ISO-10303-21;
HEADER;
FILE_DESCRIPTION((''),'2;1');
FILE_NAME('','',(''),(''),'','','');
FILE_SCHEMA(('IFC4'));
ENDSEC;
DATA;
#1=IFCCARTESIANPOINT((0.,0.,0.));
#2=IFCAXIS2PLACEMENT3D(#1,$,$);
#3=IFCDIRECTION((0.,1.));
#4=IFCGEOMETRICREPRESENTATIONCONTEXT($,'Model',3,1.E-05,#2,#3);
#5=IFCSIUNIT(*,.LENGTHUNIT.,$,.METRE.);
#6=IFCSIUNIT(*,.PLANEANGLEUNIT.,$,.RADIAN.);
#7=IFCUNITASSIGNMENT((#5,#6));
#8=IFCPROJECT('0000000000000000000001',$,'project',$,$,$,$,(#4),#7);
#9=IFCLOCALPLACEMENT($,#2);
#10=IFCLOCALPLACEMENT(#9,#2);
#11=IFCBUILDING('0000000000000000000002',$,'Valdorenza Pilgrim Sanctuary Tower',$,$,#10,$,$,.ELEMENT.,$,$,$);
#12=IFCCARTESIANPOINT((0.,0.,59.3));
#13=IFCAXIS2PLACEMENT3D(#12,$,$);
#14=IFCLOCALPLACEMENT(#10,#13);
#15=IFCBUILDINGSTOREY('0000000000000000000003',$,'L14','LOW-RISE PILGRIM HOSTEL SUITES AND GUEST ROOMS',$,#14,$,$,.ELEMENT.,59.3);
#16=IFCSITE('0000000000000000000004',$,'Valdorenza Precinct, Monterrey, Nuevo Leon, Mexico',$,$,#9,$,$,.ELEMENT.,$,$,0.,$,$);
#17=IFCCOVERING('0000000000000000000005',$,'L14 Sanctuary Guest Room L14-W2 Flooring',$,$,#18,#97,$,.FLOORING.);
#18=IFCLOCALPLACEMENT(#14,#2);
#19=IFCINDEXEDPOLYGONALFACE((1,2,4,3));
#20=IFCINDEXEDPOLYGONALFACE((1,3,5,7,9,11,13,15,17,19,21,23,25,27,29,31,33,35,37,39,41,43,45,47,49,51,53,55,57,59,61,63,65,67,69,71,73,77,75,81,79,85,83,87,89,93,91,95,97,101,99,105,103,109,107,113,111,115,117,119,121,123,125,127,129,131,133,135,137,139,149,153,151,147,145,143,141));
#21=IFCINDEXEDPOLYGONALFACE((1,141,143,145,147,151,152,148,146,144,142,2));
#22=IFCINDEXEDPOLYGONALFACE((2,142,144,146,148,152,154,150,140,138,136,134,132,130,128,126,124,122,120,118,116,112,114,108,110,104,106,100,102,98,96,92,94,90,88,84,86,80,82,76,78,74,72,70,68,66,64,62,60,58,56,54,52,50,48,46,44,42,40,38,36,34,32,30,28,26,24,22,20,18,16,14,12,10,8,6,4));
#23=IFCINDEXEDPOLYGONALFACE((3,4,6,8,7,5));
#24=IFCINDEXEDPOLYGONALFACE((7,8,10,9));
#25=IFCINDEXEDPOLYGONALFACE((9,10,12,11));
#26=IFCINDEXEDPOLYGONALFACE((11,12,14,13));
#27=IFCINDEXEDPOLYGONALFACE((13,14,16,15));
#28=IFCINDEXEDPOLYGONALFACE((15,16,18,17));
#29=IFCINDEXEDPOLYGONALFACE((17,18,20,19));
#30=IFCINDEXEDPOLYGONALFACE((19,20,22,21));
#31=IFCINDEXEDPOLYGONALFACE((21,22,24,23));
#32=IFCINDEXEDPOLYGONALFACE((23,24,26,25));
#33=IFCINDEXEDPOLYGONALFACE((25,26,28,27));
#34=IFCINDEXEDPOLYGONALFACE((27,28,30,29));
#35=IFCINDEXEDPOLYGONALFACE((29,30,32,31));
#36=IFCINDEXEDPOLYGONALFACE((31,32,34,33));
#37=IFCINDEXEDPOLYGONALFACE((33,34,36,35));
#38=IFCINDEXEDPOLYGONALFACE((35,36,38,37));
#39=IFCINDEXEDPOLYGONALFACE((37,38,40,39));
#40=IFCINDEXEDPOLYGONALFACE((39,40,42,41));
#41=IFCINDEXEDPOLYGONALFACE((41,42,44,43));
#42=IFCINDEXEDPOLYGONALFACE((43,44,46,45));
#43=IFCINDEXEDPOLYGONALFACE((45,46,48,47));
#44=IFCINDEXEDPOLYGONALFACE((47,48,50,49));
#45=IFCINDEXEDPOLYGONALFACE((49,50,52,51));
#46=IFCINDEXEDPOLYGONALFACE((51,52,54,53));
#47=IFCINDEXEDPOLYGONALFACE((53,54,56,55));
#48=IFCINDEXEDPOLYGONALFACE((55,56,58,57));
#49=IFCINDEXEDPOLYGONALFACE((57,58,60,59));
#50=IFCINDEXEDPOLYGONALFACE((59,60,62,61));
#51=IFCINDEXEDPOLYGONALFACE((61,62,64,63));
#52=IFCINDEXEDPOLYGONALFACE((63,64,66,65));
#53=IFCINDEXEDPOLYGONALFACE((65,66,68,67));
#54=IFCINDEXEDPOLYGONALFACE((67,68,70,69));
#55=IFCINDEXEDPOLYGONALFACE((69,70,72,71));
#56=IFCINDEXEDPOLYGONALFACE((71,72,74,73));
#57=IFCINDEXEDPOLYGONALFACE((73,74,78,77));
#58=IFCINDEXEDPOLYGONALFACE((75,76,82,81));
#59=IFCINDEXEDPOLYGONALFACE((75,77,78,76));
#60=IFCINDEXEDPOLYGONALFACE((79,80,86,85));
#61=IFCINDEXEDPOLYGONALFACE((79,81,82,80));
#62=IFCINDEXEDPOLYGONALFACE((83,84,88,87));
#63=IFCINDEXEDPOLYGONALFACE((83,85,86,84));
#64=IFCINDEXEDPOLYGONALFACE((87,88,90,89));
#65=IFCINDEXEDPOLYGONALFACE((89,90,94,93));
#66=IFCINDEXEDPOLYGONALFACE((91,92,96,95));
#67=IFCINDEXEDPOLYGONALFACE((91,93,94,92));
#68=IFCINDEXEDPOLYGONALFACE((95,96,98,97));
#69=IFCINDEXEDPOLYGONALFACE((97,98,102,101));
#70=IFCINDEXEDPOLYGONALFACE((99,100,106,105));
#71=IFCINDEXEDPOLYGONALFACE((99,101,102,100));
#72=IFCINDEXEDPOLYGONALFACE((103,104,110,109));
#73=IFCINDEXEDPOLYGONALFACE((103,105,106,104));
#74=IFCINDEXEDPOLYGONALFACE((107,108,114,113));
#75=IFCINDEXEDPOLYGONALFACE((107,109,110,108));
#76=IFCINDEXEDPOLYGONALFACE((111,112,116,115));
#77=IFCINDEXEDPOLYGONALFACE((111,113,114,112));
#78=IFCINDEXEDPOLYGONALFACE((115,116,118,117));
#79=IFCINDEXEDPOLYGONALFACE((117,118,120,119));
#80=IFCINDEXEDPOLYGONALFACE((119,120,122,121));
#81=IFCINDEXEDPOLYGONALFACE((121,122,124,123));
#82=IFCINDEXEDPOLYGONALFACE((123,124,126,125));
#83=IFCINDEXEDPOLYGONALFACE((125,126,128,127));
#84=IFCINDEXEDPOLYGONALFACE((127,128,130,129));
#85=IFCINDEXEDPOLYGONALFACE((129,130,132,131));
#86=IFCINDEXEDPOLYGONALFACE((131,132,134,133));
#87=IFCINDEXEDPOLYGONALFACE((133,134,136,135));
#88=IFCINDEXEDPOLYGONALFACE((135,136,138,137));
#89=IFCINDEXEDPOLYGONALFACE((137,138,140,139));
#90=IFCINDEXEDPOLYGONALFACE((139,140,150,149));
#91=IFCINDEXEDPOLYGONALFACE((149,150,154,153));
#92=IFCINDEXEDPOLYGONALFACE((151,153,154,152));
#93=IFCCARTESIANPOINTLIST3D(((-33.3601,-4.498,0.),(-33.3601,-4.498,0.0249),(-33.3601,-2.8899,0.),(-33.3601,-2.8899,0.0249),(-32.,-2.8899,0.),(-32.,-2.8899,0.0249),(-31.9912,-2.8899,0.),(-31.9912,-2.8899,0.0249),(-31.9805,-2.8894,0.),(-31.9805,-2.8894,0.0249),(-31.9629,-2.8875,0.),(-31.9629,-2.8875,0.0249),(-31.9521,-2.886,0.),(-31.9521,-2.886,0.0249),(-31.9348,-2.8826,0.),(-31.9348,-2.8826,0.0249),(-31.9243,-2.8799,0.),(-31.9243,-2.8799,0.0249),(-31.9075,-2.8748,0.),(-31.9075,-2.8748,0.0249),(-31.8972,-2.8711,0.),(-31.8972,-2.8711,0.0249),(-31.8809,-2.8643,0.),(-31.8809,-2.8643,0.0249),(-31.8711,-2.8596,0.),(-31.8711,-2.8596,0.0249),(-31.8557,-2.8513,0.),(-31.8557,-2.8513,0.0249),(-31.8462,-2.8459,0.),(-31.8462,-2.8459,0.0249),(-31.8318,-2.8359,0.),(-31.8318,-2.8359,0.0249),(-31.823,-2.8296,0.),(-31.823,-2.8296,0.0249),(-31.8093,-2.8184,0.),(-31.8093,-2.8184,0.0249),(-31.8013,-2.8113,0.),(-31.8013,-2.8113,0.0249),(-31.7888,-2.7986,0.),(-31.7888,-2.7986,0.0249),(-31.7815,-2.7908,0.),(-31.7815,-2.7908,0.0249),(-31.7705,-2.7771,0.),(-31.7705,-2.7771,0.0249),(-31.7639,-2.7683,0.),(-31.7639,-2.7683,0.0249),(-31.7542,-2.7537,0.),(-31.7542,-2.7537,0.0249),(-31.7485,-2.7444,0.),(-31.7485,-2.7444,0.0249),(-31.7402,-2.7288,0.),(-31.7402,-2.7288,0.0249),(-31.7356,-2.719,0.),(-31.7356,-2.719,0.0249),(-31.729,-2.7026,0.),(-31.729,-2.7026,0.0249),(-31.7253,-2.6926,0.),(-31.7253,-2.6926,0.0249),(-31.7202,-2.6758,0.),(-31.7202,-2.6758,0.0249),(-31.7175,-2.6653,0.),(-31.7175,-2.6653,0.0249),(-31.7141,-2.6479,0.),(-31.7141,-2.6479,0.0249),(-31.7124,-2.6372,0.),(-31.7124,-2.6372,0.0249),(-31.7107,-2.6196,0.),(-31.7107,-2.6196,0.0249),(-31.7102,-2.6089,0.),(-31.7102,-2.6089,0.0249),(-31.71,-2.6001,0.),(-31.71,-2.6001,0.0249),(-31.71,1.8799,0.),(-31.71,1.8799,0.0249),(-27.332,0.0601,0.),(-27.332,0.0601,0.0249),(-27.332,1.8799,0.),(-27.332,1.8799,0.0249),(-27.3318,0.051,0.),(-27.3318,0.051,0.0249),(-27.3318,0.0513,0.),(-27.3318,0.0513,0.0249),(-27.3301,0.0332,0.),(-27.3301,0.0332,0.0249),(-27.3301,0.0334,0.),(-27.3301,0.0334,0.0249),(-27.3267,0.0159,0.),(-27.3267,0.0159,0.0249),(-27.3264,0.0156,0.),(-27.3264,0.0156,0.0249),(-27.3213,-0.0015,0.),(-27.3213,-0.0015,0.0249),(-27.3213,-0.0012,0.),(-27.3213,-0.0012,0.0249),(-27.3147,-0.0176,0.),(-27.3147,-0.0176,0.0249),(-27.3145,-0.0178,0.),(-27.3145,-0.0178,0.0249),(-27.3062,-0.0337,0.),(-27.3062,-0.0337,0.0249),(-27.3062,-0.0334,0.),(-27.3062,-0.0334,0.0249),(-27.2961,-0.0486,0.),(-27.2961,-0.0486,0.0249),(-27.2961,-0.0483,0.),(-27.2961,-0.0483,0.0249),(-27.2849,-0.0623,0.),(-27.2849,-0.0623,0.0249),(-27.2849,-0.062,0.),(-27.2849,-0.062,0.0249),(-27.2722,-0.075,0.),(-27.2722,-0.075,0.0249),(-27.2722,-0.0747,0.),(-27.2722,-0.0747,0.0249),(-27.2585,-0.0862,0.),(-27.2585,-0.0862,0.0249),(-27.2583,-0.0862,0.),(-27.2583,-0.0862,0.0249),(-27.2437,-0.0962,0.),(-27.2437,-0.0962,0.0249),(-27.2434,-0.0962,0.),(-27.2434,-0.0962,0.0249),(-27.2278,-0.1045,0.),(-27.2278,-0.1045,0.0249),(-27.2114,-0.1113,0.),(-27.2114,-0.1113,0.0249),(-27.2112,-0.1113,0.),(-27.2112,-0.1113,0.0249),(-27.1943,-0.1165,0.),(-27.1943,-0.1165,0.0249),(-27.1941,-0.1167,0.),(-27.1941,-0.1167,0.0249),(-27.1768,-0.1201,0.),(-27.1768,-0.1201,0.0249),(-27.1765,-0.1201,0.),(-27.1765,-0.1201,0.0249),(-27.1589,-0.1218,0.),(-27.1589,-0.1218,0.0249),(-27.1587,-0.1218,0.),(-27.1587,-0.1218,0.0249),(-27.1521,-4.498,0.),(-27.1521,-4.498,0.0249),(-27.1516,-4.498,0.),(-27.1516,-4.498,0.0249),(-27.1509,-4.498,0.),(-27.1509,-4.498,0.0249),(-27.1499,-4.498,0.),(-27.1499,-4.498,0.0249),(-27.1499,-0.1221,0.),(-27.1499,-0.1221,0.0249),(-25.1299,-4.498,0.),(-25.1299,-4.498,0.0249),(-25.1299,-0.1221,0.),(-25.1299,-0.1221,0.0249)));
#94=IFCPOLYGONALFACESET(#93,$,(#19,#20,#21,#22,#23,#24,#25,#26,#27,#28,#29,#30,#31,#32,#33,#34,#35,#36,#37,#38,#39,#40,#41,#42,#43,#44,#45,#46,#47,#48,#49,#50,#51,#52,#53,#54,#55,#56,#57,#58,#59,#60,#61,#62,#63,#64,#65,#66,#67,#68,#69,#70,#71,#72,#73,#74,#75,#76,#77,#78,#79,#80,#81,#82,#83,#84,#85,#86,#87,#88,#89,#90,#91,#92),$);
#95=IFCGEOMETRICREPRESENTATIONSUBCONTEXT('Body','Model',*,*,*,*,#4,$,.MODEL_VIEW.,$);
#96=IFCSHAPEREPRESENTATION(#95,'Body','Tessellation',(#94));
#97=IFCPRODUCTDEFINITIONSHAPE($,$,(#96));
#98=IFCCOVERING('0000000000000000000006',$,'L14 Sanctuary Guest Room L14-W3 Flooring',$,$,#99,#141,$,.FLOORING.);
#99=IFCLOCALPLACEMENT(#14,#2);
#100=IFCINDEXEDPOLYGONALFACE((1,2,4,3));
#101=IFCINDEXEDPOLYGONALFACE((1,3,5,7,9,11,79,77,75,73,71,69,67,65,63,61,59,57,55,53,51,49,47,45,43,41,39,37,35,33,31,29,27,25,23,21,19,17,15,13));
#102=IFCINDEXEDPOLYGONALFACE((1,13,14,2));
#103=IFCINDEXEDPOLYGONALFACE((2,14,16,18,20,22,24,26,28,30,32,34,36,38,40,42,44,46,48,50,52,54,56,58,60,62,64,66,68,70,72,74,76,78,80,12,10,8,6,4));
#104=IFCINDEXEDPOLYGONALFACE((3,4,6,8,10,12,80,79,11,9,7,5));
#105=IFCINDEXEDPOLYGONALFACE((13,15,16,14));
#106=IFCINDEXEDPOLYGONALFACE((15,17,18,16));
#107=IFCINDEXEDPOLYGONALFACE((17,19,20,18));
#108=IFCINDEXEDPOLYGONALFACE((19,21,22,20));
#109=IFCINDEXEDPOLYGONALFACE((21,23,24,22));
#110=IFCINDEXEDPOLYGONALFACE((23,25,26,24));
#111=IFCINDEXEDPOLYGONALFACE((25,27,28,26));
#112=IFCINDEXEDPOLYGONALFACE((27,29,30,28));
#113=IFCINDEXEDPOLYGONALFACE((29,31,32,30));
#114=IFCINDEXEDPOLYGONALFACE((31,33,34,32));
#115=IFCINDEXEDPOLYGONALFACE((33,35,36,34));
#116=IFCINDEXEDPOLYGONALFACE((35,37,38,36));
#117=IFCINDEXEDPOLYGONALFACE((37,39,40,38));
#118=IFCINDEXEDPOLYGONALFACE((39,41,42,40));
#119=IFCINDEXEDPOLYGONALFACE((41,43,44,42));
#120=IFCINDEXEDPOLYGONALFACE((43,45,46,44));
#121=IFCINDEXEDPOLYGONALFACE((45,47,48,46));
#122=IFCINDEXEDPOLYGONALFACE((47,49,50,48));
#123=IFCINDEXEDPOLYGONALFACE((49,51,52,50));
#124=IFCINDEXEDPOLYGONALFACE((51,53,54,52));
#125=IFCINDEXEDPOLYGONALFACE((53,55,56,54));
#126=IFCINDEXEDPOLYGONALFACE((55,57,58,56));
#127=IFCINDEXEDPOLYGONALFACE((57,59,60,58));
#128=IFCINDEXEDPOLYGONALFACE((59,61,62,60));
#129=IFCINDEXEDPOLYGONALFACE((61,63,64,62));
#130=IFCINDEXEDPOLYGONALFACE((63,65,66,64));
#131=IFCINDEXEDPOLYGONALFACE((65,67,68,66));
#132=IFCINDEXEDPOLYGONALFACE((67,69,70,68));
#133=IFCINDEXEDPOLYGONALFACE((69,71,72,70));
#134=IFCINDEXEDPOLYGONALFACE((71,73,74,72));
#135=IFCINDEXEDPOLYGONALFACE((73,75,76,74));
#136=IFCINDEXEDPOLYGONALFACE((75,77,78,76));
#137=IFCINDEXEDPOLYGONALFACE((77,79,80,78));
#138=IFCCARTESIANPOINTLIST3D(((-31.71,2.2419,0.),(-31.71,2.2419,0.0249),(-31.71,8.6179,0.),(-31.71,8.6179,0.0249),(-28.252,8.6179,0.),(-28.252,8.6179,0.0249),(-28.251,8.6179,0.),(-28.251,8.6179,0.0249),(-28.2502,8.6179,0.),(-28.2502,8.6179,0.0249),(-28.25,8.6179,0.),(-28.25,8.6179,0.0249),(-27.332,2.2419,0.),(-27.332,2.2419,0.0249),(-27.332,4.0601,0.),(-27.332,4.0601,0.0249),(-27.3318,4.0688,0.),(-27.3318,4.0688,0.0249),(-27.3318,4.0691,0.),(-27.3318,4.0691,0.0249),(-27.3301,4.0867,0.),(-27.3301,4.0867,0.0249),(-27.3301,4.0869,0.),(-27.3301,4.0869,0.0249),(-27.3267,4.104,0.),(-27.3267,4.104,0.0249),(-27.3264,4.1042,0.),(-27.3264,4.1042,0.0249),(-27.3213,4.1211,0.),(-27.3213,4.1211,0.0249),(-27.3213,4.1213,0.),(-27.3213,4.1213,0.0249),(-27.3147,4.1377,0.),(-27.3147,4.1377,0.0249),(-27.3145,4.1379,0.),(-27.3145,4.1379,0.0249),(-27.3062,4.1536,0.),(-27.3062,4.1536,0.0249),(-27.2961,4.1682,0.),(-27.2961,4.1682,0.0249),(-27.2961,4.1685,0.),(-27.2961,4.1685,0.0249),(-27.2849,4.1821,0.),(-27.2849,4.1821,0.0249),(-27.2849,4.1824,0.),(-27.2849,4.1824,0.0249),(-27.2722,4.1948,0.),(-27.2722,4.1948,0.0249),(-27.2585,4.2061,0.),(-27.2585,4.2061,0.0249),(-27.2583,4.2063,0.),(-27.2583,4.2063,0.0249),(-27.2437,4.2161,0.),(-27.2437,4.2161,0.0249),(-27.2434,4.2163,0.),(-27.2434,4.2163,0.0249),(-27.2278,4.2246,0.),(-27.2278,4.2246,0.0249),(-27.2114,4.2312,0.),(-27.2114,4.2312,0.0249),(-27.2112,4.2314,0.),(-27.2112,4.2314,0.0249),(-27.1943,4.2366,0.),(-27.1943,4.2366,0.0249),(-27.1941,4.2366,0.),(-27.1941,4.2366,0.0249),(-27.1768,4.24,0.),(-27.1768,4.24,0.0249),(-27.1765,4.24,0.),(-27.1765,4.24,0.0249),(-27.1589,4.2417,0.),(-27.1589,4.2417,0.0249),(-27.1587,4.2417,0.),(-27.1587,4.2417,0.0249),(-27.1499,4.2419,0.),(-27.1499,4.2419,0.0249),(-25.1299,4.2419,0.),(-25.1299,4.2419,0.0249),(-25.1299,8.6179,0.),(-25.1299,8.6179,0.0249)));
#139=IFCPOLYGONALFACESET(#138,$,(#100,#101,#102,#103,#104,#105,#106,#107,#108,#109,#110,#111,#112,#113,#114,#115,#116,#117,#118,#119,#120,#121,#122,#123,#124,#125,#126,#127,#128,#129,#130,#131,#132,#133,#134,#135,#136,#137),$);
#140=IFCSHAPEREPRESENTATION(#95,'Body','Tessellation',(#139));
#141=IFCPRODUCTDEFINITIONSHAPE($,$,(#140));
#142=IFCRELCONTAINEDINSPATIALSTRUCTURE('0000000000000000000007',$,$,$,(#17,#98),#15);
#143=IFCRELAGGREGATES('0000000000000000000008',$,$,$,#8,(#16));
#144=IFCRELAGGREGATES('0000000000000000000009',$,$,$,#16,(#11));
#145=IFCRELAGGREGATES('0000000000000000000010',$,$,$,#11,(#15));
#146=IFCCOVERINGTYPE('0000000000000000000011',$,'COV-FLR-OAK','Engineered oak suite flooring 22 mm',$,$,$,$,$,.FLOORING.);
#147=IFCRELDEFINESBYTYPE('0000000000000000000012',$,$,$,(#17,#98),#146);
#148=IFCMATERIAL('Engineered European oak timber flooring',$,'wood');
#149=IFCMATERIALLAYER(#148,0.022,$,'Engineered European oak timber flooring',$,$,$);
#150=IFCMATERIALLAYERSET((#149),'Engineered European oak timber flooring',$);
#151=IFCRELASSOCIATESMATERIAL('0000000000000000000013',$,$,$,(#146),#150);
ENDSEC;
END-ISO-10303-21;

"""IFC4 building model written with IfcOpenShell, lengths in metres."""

from ifc_helpers import new_model, si_unit, direction, frame, origin, place, context, subcontext, project, spatial, polyline, outline, extrude, material, layer, layer_set, type_object, element, save


model = new_model("IFC4")

# Units and contexts
model_context = context("Model", 3, precision=1e-05, world=origin(), true_north=direction((0.0, 1.0)))
body_context = subcontext(model_context, "Body", "Model", "MODEL_VIEW")
ifc_project = project(units=[si_unit("LENGTHUNIT", "METRE"), si_unit("PLANEANGLEUNIT", "RADIAN")], contexts=[model_context])

# Site, building, storey
site_placement = place(None, origin())
site = spatial("IfcSite", under=ifc_project, at=site_placement, Name="Valdorenza Precinct, Monterrey, Nuevo Leon, Mexico", CompositionType="ELEMENT", RefElevation=0.0)
building_placement = place(site_placement, origin())
building = spatial("IfcBuilding", under=site, at=building_placement, Name="Valdorenza Pilgrim Sanctuary Tower", CompositionType="ELEMENT")
storey_placement = place(building_placement, frame((0.0, 0.0, 59.3)))
storey = spatial("IfcBuildingStorey", under=building, at=storey_placement, Name="L14", Description="LOW-RISE PILGRIM HOSTEL SUITES AND GUEST ROOMS", CompositionType="ELEMENT", Elevation=59.3)

# Coverings
ifc_material_1 = material(Name="Engineered European oak timber flooring", Category="wood")
ifc_layer_1 = layer(ifc_material_1, 0.022, Name="Engineered European oak timber flooring")
ifc_layer_set_1 = layer_set([ifc_layer_1], Name="Engineered European oak timber flooring")
covering_type_1 = type_object("IfcCoveringType", Name="COV-FLR-OAK", Description="Engineered oak suite flooring 22 mm", PredefinedType="FLOORING", material=ifc_layer_set_1)
covering_1_placement = place(storey_placement, origin())
element("IfcCovering", 1, at=covering_1_placement, inside=storey, type_object=covering_type_1, Name="L14 Sanctuary Guest Room L14-W2 Flooring", PredefinedType="FLOORING", context=body_context, shape_type="SweptSolid", body=[
    extrude(outline(polyline([(-33.3601, -2.8899), (-32.0, -2.8899), (-31.9912, -2.8899), (-31.9805, -2.8894), (-31.9629, -2.8875), (-31.9521, -2.886), (-31.9348, -2.8826), (-31.9243, -2.8799), (-31.9075, -2.8748), (-31.8972, -2.8711), (-31.8809, -2.8643), (-31.8711, -2.8596), (-31.8557, -2.8513), (-31.8462, -2.8459), (-31.8318, -2.8359), (-31.823, -2.8296), (-31.8093, -2.8184), (-31.8013, -2.8113), (-31.7888, -2.7986), (-31.7815, -2.7908), (-31.7705, -2.7771), (-31.7639, -2.7683), (-31.7542, -2.7537), (-31.7485, -2.7444), (-31.7402, -2.7288), (-31.7356, -2.719), (-31.729, -2.7026), (-31.7253, -2.6926), (-31.7202, -2.6758), (-31.7175, -2.6653), (-31.7141, -2.6479), (-31.7124, -2.6372), (-31.7107, -2.6196), (-31.7102, -2.6089), (-31.71, -2.6001), (-31.71, 1.8799), (-27.332, 1.8799), (-27.332, 0.0601), (-27.3318, 0.0513), (-27.3318, 0.051), (-27.3301, 0.0334), (-27.3301, 0.0332), (-27.3267, 0.0159), (-27.3264, 0.0156), (-27.3213, -0.0012), (-27.3213, -0.0015), (-27.3147, -0.0176), (-27.3145, -0.0178), (-27.3062, -0.0334), (-27.3062, -0.0337), (-27.2961, -0.0483), (-27.2961, -0.0486), (-27.2849, -0.062), (-27.2849, -0.0623), (-27.2722, -0.0747), (-27.2722, -0.075), (-27.2585, -0.0862), (-27.2583, -0.0862), (-27.2437, -0.0962), (-27.2434, -0.0962), (-27.2278, -0.1045), (-27.2278, -0.1045), (-27.2114, -0.1113), (-27.2112, -0.1113), (-27.1943, -0.1165), (-27.1941, -0.1167), (-27.1768, -0.1201), (-27.1765, -0.1201), (-27.1589, -0.1218), (-27.1587, -0.1218), (-27.1499, -0.1221), (-25.1299, -0.1221), (-25.1299, -4.498), (-27.1499, -4.498), (-27.1509, -4.498), (-27.1516, -4.498), (-27.1521, -4.498), (-33.3601, -4.498), (-33.3601, -2.8899)])), origin(), (0.0, 0.0, 1.0), 0.0249),
])
covering_2_placement = place(storey_placement, origin())
element("IfcCovering", 2, at=covering_2_placement, inside=storey, type_object=covering_type_1, Name="L14 Sanctuary Guest Room L14-W3 Flooring", PredefinedType="FLOORING", context=body_context, shape_type="SweptSolid", body=[
    extrude(outline(polyline([(-28.2502, 8.6179), (-28.25, 8.6179), (-25.1299, 8.6179), (-25.1299, 4.2419), (-27.1499, 4.2419), (-27.1587, 4.2417), (-27.1589, 4.2417), (-27.1765, 4.24), (-27.1768, 4.24), (-27.1941, 4.2366), (-27.1943, 4.2366), (-27.2112, 4.2314), (-27.2114, 4.2312), (-27.2278, 4.2246), (-27.2278, 4.2246), (-27.2434, 4.2163), (-27.2437, 4.2161), (-27.2583, 4.2063), (-27.2585, 4.2061), (-27.2722, 4.1948), (-27.2722, 4.1948), (-27.2849, 4.1824), (-27.2849, 4.1821), (-27.2961, 4.1685), (-27.2961, 4.1682), (-27.3062, 4.1536), (-27.3062, 4.1536), (-27.3145, 4.1379), (-27.3147, 4.1377), (-27.3213, 4.1213), (-27.3213, 4.1211), (-27.3264, 4.1042), (-27.3267, 4.104), (-27.3301, 4.0869), (-27.3301, 4.0867), (-27.3318, 4.0691), (-27.3318, 4.0688), (-27.332, 4.0601), (-27.332, 2.2419), (-31.71, 2.2419), (-31.71, 8.6179), (-28.252, 8.6179), (-28.251, 8.6179), (-28.2502, 8.6179)])), origin(), (0.0, 0.0, 1.0), 0.0249),
])

save(model, "model.ifc")
